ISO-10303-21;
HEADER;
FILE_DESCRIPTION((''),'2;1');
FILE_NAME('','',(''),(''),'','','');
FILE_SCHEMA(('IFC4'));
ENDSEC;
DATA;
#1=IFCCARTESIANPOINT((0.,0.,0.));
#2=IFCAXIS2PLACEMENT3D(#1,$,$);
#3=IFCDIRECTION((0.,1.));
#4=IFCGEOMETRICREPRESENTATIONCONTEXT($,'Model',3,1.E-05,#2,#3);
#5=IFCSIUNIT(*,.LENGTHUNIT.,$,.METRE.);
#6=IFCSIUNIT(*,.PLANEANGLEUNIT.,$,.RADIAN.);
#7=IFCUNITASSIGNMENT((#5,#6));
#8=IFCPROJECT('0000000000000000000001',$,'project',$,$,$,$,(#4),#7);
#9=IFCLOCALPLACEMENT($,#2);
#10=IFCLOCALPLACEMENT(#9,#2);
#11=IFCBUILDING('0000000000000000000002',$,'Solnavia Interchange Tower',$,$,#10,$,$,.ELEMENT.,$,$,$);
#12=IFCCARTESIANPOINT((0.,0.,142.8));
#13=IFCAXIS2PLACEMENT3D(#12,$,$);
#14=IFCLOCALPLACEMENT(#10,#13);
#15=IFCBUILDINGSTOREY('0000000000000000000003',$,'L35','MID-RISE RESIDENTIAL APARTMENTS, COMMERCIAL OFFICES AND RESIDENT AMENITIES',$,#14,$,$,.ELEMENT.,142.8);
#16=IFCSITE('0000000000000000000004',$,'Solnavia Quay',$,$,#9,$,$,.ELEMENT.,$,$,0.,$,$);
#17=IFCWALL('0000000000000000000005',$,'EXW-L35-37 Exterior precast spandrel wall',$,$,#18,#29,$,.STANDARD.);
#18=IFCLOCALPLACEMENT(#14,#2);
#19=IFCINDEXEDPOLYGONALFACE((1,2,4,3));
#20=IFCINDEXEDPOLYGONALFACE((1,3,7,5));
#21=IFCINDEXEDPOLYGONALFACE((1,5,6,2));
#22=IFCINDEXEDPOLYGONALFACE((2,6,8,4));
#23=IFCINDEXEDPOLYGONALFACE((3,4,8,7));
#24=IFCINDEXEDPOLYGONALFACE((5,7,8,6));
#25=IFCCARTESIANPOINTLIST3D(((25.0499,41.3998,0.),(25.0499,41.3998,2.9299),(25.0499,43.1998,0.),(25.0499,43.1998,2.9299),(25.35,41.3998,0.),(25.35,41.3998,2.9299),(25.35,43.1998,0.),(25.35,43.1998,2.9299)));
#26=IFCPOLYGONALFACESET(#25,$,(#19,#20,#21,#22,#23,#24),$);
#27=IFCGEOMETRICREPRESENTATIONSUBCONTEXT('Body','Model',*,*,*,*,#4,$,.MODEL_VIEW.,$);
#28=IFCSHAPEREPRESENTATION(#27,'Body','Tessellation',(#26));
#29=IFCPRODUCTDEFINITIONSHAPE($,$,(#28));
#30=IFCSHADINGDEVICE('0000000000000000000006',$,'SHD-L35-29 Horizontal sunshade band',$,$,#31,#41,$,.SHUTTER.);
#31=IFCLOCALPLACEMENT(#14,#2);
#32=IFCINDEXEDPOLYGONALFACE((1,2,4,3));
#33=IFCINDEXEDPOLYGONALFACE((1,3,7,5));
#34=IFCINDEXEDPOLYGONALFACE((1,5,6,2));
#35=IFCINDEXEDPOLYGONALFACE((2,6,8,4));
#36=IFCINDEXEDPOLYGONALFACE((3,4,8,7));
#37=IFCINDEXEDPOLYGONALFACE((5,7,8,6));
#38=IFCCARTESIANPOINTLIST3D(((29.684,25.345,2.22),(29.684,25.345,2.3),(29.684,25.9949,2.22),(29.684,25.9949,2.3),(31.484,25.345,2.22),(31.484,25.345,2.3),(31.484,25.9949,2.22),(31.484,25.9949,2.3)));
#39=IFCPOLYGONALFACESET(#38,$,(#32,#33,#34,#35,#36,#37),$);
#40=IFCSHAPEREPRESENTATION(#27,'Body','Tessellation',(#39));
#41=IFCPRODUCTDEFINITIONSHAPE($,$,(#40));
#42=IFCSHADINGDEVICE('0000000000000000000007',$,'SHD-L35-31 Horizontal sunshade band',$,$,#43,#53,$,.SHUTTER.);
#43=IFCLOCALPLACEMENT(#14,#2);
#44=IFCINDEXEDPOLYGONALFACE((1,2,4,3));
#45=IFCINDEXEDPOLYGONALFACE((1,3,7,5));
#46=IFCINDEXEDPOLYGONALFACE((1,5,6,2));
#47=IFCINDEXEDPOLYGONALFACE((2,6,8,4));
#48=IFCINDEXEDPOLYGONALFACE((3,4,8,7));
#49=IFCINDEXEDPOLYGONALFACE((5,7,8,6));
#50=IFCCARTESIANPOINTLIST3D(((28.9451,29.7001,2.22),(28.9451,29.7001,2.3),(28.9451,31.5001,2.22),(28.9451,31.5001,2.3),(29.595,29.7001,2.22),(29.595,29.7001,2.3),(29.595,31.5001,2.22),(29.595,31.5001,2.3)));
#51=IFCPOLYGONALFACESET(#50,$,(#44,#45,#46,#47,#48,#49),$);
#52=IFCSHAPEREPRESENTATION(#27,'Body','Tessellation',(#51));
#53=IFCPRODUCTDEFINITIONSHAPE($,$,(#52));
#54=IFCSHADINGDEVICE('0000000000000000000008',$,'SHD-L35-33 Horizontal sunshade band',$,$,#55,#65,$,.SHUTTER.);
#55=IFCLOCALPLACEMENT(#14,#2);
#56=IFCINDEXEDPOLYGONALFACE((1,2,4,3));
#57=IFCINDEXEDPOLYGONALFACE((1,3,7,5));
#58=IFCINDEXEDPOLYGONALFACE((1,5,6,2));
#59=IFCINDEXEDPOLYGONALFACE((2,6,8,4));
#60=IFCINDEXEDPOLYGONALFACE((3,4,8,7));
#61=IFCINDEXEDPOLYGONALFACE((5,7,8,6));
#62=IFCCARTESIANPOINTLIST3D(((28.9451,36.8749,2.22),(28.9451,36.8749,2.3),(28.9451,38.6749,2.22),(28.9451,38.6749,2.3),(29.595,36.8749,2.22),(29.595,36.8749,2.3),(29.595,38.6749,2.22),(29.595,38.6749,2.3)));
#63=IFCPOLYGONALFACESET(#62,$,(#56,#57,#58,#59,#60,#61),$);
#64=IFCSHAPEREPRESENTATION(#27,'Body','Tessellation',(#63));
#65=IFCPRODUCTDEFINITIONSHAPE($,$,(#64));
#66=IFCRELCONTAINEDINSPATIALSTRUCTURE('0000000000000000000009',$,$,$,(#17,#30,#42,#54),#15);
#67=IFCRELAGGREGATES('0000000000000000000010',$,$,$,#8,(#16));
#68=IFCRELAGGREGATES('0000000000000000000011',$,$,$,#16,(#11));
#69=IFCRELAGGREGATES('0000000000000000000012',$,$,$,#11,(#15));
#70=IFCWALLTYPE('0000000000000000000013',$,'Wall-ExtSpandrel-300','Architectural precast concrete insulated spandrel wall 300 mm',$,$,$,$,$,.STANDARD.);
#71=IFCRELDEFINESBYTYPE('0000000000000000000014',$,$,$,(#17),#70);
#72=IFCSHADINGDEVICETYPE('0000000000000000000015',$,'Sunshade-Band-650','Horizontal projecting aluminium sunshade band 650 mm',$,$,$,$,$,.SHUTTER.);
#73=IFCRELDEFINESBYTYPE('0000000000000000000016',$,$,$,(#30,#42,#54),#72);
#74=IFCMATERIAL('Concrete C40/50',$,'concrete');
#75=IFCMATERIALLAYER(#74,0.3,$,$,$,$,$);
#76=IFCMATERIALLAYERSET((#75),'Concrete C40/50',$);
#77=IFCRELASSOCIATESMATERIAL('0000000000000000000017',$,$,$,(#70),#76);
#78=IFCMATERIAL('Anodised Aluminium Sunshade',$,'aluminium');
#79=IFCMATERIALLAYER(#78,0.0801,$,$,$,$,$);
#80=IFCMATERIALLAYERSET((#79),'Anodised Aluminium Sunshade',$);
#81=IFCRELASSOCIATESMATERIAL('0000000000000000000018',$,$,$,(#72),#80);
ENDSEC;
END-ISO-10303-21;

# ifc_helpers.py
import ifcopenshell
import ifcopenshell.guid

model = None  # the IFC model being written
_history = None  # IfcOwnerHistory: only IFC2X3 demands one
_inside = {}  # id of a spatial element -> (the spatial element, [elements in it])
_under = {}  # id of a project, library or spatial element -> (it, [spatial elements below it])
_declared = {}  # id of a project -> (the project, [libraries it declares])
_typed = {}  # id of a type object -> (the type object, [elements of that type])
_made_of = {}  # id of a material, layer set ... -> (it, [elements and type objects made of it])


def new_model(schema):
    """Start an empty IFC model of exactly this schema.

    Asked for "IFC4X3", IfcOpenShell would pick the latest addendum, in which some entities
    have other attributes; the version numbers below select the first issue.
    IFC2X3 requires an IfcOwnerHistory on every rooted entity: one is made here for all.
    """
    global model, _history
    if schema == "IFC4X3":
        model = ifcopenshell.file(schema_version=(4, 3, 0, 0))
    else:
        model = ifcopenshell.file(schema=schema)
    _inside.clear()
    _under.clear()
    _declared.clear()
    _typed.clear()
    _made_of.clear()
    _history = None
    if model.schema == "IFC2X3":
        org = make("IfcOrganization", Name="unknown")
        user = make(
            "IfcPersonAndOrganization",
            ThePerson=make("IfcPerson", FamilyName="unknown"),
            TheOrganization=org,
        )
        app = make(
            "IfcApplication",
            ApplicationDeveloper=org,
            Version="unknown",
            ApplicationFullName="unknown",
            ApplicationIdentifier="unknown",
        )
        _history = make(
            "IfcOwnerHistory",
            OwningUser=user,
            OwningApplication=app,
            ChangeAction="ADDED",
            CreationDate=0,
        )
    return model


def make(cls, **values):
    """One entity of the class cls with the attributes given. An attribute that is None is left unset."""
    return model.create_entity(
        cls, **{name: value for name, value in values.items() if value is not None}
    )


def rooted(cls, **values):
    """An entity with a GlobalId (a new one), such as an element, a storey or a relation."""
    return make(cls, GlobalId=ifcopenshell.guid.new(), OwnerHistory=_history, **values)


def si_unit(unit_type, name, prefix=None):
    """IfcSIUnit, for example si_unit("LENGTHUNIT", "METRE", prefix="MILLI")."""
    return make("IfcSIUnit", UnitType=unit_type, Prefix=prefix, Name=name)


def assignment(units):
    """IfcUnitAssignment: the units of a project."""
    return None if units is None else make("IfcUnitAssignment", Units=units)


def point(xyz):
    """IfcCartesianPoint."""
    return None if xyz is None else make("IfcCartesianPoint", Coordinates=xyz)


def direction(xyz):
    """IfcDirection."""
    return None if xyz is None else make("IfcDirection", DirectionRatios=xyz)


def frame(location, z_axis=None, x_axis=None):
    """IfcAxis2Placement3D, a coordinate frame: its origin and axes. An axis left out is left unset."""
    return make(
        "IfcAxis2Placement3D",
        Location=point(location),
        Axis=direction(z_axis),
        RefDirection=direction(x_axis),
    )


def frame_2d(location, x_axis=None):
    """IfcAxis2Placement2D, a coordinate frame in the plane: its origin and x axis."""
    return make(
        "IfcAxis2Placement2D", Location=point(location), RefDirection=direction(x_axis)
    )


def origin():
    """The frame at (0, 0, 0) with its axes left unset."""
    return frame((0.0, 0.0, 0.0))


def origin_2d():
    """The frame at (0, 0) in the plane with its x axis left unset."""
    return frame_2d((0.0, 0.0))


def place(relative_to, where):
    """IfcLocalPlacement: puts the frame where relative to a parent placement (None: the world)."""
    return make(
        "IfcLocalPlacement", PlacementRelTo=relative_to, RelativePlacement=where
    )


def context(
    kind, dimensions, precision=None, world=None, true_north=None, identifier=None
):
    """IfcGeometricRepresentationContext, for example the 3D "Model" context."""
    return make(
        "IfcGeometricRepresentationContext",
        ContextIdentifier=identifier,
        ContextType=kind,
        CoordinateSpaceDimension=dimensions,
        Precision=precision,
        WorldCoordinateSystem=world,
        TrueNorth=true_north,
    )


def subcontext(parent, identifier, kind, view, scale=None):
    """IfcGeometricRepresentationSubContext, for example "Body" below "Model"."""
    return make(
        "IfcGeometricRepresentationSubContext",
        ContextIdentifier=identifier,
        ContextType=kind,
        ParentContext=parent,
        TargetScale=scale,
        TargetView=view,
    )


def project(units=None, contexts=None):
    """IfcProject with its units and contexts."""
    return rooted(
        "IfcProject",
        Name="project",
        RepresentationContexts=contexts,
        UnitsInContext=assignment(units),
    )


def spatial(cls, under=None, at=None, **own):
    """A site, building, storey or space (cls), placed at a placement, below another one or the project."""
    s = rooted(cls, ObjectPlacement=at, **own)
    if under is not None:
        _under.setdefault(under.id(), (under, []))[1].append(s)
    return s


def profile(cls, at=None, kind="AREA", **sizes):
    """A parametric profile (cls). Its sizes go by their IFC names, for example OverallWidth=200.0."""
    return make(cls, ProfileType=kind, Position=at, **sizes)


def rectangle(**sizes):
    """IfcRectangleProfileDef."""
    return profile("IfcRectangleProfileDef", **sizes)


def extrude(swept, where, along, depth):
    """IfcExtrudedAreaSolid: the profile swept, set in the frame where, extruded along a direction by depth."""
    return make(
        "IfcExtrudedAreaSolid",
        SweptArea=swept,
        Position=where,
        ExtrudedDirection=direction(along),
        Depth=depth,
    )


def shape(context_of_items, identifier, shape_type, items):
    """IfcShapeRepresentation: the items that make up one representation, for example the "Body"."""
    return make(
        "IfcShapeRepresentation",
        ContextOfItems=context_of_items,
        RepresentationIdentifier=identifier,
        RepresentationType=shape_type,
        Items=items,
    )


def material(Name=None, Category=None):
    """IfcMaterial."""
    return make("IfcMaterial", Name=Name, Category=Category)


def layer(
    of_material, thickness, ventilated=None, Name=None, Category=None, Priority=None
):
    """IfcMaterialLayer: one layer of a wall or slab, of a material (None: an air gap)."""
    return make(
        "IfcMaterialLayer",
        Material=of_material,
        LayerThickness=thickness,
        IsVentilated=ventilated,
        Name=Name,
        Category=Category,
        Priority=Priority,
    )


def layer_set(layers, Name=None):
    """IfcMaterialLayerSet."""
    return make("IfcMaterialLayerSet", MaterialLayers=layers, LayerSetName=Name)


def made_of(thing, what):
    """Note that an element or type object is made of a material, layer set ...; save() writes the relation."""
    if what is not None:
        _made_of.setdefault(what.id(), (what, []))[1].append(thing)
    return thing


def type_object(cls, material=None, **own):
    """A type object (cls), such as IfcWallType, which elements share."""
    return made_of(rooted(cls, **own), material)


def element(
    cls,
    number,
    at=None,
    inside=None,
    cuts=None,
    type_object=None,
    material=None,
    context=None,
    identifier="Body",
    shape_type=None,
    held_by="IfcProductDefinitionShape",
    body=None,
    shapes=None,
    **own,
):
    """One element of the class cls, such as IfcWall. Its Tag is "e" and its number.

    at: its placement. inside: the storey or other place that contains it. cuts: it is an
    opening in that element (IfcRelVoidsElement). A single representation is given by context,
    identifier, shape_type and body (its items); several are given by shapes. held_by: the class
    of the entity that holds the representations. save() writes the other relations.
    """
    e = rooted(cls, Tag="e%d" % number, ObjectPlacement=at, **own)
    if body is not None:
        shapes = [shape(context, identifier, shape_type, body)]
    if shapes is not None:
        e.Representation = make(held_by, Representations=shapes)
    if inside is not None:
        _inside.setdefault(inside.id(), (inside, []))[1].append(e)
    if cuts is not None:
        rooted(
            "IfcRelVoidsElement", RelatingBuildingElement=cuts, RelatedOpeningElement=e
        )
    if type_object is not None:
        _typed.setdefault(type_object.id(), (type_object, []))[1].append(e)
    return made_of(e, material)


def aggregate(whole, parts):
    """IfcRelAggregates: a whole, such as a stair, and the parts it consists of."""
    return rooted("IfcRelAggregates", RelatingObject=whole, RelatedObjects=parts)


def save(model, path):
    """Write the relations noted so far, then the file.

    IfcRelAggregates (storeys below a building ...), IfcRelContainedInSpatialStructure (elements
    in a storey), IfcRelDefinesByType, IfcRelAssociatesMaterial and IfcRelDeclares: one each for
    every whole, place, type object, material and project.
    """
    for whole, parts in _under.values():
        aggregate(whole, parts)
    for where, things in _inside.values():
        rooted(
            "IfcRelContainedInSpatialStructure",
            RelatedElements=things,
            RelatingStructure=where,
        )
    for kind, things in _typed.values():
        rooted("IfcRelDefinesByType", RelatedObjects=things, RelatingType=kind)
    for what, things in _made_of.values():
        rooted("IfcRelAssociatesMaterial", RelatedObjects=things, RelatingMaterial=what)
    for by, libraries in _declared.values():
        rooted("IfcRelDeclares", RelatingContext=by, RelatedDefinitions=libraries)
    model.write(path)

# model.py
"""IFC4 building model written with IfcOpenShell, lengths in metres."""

from ifc_helpers import new_model, si_unit, direction, frame, frame_2d, origin, origin_2d, place, context, subcontext, project, spatial, rectangle, extrude, material, layer, layer_set, type_object, element, save


model = new_model("IFC4")

# Units and contexts
model_context = context("Model", 3, precision=1e-05, world=origin(), true_north=direction((0.0, 1.0)))
body_context = subcontext(model_context, "Body", "Model", "MODEL_VIEW")
ifc_project = project(units=[si_unit("LENGTHUNIT", "METRE"), si_unit("PLANEANGLEUNIT", "RADIAN")], contexts=[model_context])

# Site, building, storey
site_placement = place(None, origin())
site = spatial("IfcSite", under=ifc_project, at=site_placement, Name="Solnavia Quay", CompositionType="ELEMENT", RefElevation=0.0)
building_placement = place(site_placement, origin())
building = spatial("IfcBuilding", under=site, at=building_placement, Name="Solnavia Interchange Tower", CompositionType="ELEMENT")
storey_placement = place(building_placement, frame((0.0, 0.0, 142.8)))
storey = spatial("IfcBuildingStorey", under=building, at=storey_placement, Name="L35", Description="MID-RISE RESIDENTIAL APARTMENTS, COMMERCIAL OFFICES AND RESIDENT AMENITIES", CompositionType="ELEMENT", Elevation=142.8)

# Shared definitions
ifc_material_1 = material(Name="Concrete C40/50", Category="concrete")
ifc_layer_1 = layer(ifc_material_1, 0.3)
ifc_layer_set_1 = layer_set([ifc_layer_1], Name="Concrete C40/50")
wall_type = type_object("IfcWallType", Name="Wall-ExtSpandrel-300", Description="Architectural precast concrete insulated spandrel wall 300 mm", PredefinedType="STANDARD", material=ifc_layer_set_1)

# Wall
wall_1_placement = place(storey_placement, frame((25.2, 41.3999, 0.0), z_axis=(0.0, 0.0, 1.0), x_axis=(0.0, 1.0, 0.0)))
element("IfcWall", 1, at=wall_1_placement, inside=storey, type_object=wall_type, Name="EXW-L35-37 Exterior precast spandrel wall", PredefinedType="STANDARD", context=body_context, shape_type="SweptSolid", body=[
    extrude(rectangle(XDim=1.8, YDim=0.3, at=frame_2d((0.8999, 0.0))), origin(), (0.0, 0.0, 1.0), 2.9299),
])

# Shading devices
ifc_material_2 = material(Name="Anodised Aluminium Sunshade", Category="aluminium")
ifc_layer_2 = layer(ifc_material_2, 0.0801)
ifc_layer_set_2 = layer_set([ifc_layer_2], Name="Anodised Aluminium Sunshade")
shading_device_type = type_object("IfcShadingDeviceType", Name="Sunshade-Band-650", Description="Horizontal projecting aluminium sunshade band 650 mm", PredefinedType="SHUTTER", material=ifc_layer_set_2)
for number, where, z_axis, x_axis, name in (
    (2, (30.584, 25.6699, 2.22), (0.0, 0.0, 1.0), (1.0, 0.0, 0.0), "SHD-L35-29 Horizontal sunshade band"),
    (3, (29.27, 30.6001, 2.22), (0.0, 0.0, 1.0), (0.0, -1.0, 0.0), "SHD-L35-31 Horizontal sunshade band"),
    (4, (29.27, 37.7749, 2.22), (0.0, 0.0, 1.0), (0.0, -1.0, 0.0), "SHD-L35-33 Horizontal sunshade band"),
):
    element("IfcShadingDevice", number, at=place(storey_placement, frame(where, z_axis=z_axis, x_axis=x_axis)), inside=storey, type_object=shading_device_type, Name=name, PredefinedType="SHUTTER", context=body_context, shape_type="SweptSolid", body=[
        extrude(rectangle(XDim=1.8, YDim=0.6499, at=origin_2d()), origin(), (0.0, 0.0, 1.0), 0.0801),
    ])

save(model, "model.ifc")
